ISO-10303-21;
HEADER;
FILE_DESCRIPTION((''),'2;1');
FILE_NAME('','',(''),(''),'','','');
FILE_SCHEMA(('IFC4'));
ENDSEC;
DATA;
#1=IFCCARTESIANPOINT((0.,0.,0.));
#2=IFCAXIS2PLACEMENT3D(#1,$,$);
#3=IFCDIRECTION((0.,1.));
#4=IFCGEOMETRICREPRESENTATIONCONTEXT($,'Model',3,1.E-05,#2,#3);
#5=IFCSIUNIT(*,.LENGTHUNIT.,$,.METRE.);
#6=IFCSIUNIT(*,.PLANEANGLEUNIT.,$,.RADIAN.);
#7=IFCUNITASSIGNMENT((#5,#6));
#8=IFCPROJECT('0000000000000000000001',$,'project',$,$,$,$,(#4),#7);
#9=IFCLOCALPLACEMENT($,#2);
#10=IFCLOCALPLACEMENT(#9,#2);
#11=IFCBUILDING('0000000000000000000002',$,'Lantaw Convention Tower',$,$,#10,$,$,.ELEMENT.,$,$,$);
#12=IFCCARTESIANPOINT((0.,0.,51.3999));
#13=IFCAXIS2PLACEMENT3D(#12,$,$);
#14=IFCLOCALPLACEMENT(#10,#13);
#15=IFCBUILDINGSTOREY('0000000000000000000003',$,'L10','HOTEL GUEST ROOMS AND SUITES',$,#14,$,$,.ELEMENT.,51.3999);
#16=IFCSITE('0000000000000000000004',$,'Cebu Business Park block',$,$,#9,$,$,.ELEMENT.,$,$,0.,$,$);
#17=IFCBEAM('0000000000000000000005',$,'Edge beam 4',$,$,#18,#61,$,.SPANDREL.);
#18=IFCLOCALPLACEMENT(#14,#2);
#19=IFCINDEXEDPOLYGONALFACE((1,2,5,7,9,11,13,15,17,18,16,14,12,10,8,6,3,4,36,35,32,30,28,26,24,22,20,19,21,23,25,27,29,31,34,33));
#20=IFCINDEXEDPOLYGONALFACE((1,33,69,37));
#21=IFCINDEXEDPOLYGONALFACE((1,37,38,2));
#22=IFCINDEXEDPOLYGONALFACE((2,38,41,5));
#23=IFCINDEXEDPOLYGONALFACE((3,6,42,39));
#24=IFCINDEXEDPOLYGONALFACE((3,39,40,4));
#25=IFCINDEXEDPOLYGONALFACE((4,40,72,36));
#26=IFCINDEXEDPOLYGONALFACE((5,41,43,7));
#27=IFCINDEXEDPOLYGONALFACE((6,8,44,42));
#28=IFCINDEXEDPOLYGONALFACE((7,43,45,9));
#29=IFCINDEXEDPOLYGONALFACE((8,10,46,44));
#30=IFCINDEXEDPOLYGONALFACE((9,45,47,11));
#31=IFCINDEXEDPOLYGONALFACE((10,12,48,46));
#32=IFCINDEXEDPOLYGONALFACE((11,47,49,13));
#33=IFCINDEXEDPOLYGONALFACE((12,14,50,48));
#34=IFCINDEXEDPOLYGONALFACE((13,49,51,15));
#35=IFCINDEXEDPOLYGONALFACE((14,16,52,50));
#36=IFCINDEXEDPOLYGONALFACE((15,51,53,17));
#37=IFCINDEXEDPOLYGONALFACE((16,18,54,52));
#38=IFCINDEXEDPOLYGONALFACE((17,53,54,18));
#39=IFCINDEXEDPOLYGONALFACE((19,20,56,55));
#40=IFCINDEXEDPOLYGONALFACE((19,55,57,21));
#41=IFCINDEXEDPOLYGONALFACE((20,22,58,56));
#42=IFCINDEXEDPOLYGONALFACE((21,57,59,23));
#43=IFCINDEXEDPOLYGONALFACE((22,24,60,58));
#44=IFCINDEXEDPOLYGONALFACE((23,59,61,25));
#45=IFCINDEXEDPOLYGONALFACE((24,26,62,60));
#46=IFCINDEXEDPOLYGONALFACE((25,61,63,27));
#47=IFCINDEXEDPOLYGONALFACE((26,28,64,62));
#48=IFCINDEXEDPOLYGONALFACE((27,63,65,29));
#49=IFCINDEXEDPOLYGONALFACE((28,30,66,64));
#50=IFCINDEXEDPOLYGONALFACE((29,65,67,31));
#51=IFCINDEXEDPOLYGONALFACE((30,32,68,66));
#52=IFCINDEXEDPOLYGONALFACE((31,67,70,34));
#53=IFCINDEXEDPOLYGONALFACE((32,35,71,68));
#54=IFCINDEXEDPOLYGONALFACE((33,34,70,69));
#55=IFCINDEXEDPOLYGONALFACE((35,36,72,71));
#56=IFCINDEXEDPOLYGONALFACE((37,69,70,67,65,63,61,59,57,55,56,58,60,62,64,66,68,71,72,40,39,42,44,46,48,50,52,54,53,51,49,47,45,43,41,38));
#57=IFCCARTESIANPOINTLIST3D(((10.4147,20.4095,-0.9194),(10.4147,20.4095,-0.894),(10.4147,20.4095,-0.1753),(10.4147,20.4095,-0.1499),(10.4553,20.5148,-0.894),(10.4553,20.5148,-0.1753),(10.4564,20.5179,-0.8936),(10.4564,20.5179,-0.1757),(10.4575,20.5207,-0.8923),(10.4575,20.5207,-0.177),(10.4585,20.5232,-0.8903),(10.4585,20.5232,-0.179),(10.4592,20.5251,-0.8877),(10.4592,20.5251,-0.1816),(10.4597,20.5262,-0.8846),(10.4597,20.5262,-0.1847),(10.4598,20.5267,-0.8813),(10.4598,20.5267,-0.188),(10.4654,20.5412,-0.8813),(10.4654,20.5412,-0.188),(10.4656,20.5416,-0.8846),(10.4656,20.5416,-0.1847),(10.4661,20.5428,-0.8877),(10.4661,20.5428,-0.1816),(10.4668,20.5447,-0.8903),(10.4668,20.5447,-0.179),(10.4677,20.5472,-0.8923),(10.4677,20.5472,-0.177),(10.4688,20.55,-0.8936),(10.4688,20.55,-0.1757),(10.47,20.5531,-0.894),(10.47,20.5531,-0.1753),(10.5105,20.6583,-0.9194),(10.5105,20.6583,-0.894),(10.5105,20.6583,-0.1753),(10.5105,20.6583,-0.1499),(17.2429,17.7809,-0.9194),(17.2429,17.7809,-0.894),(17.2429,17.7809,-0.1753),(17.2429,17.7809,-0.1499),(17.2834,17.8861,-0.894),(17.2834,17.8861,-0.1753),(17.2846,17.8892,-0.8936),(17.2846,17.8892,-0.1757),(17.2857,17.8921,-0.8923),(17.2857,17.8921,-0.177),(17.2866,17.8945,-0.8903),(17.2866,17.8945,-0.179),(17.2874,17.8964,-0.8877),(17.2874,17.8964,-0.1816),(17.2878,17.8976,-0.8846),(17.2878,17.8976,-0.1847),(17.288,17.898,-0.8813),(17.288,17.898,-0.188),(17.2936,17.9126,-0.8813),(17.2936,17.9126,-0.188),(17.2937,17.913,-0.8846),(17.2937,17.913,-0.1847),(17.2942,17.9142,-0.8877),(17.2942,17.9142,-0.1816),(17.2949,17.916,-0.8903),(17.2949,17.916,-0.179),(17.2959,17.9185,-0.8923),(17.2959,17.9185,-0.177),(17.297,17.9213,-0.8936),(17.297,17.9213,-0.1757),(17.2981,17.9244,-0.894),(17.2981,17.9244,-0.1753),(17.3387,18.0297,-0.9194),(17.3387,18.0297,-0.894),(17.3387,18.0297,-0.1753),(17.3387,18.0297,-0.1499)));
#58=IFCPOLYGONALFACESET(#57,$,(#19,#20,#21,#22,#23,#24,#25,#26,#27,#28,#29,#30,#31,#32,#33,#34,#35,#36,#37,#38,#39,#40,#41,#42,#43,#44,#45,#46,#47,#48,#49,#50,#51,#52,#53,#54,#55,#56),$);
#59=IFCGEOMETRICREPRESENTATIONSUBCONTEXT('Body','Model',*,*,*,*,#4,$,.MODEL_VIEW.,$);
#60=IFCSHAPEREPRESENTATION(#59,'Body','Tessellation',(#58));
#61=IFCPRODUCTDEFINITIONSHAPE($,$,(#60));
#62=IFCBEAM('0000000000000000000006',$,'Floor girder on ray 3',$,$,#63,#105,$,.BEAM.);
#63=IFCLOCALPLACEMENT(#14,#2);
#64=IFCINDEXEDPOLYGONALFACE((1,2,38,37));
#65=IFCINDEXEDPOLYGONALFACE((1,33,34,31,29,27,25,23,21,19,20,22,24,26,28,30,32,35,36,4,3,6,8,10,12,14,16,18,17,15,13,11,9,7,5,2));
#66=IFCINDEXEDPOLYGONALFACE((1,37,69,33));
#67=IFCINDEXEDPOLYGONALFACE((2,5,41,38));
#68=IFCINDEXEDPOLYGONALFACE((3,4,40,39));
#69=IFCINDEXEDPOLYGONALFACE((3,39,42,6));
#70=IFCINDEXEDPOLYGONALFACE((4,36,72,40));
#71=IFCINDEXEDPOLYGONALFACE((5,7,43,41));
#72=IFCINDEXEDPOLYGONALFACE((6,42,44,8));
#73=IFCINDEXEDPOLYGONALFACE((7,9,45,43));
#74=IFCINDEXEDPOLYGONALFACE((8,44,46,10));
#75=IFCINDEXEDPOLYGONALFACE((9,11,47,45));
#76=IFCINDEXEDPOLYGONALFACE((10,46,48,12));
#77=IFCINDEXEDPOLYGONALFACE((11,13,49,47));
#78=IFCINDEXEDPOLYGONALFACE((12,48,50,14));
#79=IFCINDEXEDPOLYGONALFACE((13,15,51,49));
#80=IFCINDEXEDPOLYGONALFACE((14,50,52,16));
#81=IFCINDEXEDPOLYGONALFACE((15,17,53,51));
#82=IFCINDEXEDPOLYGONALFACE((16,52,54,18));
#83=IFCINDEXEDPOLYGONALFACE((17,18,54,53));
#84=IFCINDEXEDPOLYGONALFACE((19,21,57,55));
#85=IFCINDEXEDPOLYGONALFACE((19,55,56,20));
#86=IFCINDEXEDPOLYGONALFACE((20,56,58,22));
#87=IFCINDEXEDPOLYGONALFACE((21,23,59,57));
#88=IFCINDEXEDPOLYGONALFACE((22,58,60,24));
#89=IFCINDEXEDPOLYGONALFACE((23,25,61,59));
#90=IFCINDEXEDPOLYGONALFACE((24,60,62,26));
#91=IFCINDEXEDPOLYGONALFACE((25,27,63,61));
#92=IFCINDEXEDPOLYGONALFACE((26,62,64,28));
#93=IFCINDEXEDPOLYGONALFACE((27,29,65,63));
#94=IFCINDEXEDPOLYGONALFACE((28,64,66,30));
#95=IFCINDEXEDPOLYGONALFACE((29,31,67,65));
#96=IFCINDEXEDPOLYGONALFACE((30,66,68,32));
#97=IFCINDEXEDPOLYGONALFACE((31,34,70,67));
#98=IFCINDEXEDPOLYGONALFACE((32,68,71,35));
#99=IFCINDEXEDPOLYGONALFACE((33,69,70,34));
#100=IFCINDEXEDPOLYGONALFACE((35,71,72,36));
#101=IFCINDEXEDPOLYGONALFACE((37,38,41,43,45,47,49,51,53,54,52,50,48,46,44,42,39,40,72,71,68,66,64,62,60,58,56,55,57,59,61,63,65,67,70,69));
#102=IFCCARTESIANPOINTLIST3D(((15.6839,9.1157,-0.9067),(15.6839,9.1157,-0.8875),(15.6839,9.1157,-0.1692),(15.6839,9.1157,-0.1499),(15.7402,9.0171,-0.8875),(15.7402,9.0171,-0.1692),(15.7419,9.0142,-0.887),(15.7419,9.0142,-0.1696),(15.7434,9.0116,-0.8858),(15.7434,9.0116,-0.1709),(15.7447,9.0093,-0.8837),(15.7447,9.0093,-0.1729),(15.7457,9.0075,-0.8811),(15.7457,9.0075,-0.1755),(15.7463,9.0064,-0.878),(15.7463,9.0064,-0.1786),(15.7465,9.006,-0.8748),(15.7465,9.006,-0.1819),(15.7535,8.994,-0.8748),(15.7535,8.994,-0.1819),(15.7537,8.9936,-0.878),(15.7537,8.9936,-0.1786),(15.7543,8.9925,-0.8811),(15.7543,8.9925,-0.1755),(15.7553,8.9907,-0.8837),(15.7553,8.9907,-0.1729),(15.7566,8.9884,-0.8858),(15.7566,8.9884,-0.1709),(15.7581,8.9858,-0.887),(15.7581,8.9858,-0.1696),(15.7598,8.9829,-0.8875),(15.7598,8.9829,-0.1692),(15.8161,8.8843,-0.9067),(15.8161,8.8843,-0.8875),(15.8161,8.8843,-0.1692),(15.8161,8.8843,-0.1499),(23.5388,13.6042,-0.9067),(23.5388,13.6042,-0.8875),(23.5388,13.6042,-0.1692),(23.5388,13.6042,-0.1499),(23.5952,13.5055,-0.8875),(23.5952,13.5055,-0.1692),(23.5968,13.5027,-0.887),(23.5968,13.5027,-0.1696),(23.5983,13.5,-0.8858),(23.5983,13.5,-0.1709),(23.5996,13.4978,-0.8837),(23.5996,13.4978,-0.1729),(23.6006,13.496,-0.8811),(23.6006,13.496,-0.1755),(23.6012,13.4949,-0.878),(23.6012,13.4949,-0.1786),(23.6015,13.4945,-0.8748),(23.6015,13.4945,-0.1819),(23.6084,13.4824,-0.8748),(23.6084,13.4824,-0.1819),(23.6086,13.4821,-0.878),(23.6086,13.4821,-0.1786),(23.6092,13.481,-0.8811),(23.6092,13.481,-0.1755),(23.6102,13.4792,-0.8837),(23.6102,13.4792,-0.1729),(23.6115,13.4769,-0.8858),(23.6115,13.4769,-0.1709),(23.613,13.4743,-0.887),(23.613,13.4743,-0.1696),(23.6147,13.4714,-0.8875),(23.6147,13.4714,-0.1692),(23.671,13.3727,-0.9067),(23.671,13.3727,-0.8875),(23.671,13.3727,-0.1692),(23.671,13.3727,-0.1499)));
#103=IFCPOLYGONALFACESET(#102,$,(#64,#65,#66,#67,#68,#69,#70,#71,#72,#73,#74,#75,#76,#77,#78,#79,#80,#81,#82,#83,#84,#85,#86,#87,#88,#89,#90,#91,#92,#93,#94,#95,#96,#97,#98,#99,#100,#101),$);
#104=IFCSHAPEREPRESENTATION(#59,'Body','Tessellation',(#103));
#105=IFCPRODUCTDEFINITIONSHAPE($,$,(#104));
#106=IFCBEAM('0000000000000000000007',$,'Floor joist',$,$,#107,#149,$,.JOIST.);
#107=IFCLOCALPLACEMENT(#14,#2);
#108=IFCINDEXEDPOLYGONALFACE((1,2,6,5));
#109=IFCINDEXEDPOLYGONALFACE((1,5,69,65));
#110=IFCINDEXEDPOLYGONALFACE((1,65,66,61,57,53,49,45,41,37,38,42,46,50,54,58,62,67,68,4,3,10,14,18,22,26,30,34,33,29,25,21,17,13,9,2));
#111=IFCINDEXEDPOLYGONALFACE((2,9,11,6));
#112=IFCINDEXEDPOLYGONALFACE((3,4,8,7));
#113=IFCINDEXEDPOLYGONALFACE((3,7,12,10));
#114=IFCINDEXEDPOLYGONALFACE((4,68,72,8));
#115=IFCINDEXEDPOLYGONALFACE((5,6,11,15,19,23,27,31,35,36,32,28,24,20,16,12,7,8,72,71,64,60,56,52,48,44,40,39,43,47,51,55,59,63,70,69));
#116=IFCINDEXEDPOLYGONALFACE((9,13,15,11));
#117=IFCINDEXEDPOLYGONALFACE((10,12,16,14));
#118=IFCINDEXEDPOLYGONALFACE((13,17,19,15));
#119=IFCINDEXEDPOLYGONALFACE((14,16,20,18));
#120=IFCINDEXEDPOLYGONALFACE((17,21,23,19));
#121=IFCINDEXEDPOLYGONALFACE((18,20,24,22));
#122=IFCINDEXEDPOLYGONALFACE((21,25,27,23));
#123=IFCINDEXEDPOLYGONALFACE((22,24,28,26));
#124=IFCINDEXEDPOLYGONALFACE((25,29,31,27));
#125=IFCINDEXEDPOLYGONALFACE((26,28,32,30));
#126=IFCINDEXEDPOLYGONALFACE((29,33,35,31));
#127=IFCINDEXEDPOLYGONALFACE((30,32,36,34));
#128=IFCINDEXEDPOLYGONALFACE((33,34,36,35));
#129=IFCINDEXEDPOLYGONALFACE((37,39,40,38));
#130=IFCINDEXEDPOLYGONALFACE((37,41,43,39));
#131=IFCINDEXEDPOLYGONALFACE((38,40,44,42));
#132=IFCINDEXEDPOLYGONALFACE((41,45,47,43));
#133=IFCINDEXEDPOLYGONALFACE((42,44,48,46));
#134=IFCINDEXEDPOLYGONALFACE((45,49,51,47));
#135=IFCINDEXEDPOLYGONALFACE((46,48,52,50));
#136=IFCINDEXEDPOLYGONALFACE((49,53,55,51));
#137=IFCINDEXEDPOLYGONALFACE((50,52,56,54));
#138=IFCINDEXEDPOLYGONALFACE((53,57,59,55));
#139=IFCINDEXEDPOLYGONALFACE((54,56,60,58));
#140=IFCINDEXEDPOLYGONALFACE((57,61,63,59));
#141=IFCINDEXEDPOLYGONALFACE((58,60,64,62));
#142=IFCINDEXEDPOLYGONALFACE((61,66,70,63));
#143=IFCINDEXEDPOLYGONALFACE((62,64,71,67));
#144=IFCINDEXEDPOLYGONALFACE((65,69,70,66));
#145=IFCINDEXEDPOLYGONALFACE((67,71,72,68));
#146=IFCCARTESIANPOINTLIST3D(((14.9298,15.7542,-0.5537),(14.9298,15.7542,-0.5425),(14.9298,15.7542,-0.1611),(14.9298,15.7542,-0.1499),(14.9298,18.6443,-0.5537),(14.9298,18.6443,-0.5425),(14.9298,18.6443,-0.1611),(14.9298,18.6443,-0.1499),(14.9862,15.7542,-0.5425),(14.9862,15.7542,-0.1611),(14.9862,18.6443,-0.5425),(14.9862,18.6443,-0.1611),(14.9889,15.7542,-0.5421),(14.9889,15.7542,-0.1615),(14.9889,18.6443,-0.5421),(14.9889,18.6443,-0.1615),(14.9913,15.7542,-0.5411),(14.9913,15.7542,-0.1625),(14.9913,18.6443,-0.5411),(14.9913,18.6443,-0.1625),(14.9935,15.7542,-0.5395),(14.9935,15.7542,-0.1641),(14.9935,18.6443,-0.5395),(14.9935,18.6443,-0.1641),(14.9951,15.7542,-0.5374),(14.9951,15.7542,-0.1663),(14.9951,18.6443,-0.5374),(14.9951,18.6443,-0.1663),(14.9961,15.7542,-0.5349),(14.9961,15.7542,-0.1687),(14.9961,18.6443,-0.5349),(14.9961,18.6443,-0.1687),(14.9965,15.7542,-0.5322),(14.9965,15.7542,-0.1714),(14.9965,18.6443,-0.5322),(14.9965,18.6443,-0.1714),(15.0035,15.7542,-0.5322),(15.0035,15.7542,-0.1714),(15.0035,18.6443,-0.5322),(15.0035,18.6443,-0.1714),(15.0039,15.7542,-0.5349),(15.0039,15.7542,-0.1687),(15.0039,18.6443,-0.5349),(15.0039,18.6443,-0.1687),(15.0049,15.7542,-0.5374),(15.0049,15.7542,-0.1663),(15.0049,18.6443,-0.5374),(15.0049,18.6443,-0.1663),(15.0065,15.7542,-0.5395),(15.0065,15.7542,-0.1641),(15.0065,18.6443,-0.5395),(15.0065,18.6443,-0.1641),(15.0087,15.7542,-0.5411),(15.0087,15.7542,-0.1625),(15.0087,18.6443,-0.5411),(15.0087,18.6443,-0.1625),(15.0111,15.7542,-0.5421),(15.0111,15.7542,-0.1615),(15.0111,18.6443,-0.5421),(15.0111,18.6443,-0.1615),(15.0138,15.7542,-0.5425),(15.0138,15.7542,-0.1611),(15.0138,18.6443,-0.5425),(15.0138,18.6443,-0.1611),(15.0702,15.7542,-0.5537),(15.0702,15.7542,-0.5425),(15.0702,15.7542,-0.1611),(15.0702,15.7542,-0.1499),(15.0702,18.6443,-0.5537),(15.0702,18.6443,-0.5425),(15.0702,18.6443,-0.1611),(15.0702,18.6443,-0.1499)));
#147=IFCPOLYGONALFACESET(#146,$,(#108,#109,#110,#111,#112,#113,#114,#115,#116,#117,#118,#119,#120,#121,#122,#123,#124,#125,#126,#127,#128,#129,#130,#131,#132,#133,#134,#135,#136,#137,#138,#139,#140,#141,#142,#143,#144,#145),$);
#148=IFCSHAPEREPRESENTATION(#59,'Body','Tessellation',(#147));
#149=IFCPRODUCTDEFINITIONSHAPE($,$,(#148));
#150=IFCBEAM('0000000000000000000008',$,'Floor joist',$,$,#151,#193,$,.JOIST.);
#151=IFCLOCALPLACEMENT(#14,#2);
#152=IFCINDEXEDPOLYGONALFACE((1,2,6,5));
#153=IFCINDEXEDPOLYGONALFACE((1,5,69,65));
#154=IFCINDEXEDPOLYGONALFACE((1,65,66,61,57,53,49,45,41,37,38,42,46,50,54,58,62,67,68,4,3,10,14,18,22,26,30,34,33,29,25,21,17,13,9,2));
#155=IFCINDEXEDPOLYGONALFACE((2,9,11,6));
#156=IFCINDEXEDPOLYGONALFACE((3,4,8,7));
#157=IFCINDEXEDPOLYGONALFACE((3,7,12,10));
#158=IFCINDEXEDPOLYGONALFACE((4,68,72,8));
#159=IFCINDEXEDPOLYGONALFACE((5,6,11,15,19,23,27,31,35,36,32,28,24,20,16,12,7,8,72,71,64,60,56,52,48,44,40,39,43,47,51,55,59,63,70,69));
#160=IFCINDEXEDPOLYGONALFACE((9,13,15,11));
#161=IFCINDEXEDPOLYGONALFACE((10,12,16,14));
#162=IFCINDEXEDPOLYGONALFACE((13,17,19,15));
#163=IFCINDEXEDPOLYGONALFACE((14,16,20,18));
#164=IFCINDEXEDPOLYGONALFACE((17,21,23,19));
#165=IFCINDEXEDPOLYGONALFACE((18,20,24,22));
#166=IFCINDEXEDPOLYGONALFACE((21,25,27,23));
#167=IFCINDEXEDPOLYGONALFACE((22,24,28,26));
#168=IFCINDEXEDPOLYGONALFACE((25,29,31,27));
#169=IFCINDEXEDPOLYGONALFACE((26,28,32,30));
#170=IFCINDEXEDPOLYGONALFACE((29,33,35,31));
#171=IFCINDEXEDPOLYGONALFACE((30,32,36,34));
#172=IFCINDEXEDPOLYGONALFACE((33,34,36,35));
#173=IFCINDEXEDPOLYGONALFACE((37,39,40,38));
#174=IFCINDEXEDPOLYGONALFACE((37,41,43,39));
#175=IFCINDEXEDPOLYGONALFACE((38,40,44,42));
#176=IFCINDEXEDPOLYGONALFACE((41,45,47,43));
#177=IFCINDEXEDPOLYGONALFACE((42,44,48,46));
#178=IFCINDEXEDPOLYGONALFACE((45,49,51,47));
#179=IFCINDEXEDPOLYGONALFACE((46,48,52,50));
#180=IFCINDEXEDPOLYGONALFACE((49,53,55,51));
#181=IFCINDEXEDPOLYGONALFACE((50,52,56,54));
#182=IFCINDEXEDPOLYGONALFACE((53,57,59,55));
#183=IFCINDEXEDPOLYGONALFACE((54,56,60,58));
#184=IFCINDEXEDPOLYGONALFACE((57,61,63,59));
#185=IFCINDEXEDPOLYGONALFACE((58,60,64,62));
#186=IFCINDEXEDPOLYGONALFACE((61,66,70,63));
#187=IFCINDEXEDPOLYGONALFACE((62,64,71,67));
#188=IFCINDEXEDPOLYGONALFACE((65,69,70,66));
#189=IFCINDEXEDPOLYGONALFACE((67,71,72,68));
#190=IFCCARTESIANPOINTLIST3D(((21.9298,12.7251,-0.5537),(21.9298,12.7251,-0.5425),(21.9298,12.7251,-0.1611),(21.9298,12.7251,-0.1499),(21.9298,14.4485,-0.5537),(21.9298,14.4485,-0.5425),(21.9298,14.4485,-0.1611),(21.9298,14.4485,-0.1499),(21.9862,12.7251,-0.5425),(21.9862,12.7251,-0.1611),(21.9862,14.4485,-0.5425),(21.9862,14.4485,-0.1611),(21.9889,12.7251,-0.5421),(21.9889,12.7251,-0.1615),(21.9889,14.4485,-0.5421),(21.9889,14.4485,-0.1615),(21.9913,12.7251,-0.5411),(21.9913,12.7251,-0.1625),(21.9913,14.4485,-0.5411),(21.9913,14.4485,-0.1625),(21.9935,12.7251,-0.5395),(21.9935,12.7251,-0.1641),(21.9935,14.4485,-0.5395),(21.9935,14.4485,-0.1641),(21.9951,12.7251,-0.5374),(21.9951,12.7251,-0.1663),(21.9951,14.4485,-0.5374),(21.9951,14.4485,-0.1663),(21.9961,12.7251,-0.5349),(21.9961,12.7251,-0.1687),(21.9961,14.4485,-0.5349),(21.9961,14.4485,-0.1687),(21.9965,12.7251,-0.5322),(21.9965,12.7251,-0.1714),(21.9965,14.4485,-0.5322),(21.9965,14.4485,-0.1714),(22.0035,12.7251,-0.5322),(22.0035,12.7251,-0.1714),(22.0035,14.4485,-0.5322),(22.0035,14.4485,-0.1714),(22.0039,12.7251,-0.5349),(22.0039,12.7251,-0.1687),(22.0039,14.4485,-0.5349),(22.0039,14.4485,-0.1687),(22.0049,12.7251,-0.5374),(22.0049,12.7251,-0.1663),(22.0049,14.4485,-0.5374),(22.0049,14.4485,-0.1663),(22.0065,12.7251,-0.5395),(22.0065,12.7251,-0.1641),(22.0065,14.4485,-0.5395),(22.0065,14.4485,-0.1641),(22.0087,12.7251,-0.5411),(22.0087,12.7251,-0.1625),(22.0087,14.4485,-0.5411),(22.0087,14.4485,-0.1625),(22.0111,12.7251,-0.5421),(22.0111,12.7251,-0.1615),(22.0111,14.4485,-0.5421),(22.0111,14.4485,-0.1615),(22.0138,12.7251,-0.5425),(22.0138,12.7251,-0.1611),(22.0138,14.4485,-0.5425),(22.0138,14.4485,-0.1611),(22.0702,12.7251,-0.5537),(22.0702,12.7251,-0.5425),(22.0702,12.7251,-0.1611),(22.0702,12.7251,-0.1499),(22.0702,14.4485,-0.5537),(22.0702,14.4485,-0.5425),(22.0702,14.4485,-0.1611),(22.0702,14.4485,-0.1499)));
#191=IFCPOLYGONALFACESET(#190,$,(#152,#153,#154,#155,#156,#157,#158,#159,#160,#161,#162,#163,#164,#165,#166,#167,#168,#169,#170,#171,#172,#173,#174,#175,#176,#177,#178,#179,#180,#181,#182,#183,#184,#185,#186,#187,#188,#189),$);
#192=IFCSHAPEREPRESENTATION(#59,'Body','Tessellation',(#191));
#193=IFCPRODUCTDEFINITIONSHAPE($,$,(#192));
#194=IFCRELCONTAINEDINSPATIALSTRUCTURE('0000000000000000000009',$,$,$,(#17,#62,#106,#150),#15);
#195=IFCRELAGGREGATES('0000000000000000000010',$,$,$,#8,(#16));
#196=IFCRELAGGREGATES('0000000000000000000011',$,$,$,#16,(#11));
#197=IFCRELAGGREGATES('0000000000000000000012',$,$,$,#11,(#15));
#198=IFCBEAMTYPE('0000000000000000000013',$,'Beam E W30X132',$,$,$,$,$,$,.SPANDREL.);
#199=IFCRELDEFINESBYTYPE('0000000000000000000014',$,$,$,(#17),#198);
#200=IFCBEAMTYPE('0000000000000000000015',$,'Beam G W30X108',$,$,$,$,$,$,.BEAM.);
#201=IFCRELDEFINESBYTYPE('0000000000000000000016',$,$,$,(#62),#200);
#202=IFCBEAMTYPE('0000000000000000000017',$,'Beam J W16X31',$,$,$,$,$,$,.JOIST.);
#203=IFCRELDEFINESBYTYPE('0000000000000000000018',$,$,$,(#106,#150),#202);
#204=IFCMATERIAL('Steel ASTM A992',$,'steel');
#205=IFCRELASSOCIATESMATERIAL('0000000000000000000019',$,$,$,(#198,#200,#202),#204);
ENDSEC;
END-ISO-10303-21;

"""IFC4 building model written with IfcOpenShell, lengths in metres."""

from ifc_helpers import new_model, si_unit, direction, frame, origin, origin_2d, place, context, subcontext, project, spatial, i_section, extrude, material, material_profile, profile_set, type_object, element, save


model = new_model("IFC4")

# Units and contexts
model_context = context("Model", 3, precision=1e-05, world=origin(), true_north=direction((0.0, 1.0)))
body_context = subcontext(model_context, "Body", "Model", "MODEL_VIEW")
ifc_project = project(units=[si_unit("LENGTHUNIT", "METRE"), si_unit("PLANEANGLEUNIT", "RADIAN")], contexts=[model_context])

# Site, building, storey
site_placement = place(None, origin())
site = spatial("IfcSite", under=ifc_project, at=site_placement, Name="Cebu Business Park block", CompositionType="ELEMENT", RefElevation=0.0)
building_placement = place(site_placement, origin())
building = spatial("IfcBuilding", under=site, at=building_placement, Name="Lantaw Convention Tower", CompositionType="ELEMENT")
storey_placement = place(building_placement, frame((0.0, 0.0, 51.3999)))
storey = spatial("IfcBuildingStorey", under=building, at=storey_placement, Name="L10", Description="HOTEL GUEST ROOMS AND SUITES", CompositionType="ELEMENT", Elevation=51.3999)

# Beams
ifc_material_1 = material(Name="Steel ASTM A992", Category="steel")
ifc_material_profile_1 = material_profile(ifc_material_1, i_section(OverallWidth=0.2666, OverallDepth=0.7695, WebThickness=0.0156, FlangeThickness=0.0254, FilletRadius=0.0127, at=origin_2d()), Name="W30X132")
ifc_profile_set_1 = profile_set([ifc_material_profile_1], Name="Steel ASTM A992")
beam_type_1 = type_object("IfcBeamType", Name="Beam E W30X132", PredefinedType="SPANDREL", material=ifc_profile_set_1)
beam_1_placement = place(storey_placement, frame((17.2908, 17.9053, -0.5347), z_axis=(-0.933233, 0.359272, 0.0), x_axis=(-0.359272, -0.933233, 0.0)))
element("IfcBeam", 1, at=beam_1_placement, inside=storey, type_object=beam_type_1, Name="Edge beam 4", PredefinedType="SPANDREL", context=body_context, shape_type="SweptSolid", body=[
    extrude(i_section(OverallWidth=0.2666, OverallDepth=0.7695, WebThickness=0.0156, FlangeThickness=0.0254, FilletRadius=0.0127, at=origin_2d()), origin(), (0.0, 0.0, 1.0), 7.3167),
])
ifc_material_profile_2 = material_profile(ifc_material_1, i_section(OverallWidth=0.2666, OverallDepth=0.7568, WebThickness=0.0139, FlangeThickness=0.0193, FilletRadius=0.0127, at=origin_2d()), Name="W30X108")
ifc_profile_set_2 = profile_set([ifc_material_profile_2], Name="Steel ASTM A992")
beam_type_2 = type_object("IfcBeamType", Name="Beam G W30X108", PredefinedType="BEAM", material=ifc_profile_set_2)
beam_2_placement = place(storey_placement, frame((15.75, 9.0, -0.5283), z_axis=(0.868245, 0.496136, 0.0), x_axis=(-0.496136, 0.868245, 0.0)))
element("IfcBeam", 2, at=beam_2_placement, inside=storey, type_object=beam_type_2, Name="Floor girder on ray 3", PredefinedType="BEAM", context=body_context, shape_type="SweptSolid", body=[
    extrude(i_section(OverallWidth=0.2666, OverallDepth=0.7568, WebThickness=0.0139, FlangeThickness=0.0193, FilletRadius=0.0127, at=origin_2d()), origin(), (0.0, 0.0, 1.0), 9.0469),
])
ifc_material_profile_3 = material_profile(ifc_material_1, i_section(OverallWidth=0.1404, OverallDepth=0.4038, WebThickness=0.0071, FlangeThickness=0.0112, FilletRadius=0.0103, at=origin_2d()), Name="W16X31")
ifc_profile_set_3 = profile_set([ifc_material_profile_3], Name="Steel ASTM A992")
beam_type_3 = type_object("IfcBeamType", Name="Beam J W16X31", PredefinedType="JOIST", material=ifc_profile_set_3)
beam_3_placement = place(storey_placement, frame((15.0, 15.7542, -0.3518), z_axis=(0.0, 1.0, 0.0), x_axis=(-1.0, 0.0, 0.0)))
element("IfcBeam", 3, at=beam_3_placement, inside=storey, type_object=beam_type_3, Name="Floor joist", PredefinedType="JOIST", context=body_context, shape_type="SweptSolid", body=[
    extrude(i_section(OverallWidth=0.1404, OverallDepth=0.4038, WebThickness=0.0071, FlangeThickness=0.0112, FilletRadius=0.0103, at=origin_2d()), origin(), (0.0, 0.0, 1.0), 2.8901),
])
beam_4_placement = place(storey_placement, frame((22.0, 12.7251, -0.3518), z_axis=(0.0, 1.0, 0.0), x_axis=(-1.0, 0.0, 0.0)))
element("IfcBeam", 4, at=beam_4_placement, inside=storey, type_object=beam_type_3, Name="Floor joist", PredefinedType="JOIST", context=body_context, shape_type="SweptSolid", body=[
    extrude(i_section(OverallWidth=0.1404, OverallDepth=0.4038, WebThickness=0.0071, FlangeThickness=0.0112, FilletRadius=0.0103, at=origin_2d()), origin(), (0.0, 0.0, 1.0), 1.7234),
])

save(model, "model.ifc")
